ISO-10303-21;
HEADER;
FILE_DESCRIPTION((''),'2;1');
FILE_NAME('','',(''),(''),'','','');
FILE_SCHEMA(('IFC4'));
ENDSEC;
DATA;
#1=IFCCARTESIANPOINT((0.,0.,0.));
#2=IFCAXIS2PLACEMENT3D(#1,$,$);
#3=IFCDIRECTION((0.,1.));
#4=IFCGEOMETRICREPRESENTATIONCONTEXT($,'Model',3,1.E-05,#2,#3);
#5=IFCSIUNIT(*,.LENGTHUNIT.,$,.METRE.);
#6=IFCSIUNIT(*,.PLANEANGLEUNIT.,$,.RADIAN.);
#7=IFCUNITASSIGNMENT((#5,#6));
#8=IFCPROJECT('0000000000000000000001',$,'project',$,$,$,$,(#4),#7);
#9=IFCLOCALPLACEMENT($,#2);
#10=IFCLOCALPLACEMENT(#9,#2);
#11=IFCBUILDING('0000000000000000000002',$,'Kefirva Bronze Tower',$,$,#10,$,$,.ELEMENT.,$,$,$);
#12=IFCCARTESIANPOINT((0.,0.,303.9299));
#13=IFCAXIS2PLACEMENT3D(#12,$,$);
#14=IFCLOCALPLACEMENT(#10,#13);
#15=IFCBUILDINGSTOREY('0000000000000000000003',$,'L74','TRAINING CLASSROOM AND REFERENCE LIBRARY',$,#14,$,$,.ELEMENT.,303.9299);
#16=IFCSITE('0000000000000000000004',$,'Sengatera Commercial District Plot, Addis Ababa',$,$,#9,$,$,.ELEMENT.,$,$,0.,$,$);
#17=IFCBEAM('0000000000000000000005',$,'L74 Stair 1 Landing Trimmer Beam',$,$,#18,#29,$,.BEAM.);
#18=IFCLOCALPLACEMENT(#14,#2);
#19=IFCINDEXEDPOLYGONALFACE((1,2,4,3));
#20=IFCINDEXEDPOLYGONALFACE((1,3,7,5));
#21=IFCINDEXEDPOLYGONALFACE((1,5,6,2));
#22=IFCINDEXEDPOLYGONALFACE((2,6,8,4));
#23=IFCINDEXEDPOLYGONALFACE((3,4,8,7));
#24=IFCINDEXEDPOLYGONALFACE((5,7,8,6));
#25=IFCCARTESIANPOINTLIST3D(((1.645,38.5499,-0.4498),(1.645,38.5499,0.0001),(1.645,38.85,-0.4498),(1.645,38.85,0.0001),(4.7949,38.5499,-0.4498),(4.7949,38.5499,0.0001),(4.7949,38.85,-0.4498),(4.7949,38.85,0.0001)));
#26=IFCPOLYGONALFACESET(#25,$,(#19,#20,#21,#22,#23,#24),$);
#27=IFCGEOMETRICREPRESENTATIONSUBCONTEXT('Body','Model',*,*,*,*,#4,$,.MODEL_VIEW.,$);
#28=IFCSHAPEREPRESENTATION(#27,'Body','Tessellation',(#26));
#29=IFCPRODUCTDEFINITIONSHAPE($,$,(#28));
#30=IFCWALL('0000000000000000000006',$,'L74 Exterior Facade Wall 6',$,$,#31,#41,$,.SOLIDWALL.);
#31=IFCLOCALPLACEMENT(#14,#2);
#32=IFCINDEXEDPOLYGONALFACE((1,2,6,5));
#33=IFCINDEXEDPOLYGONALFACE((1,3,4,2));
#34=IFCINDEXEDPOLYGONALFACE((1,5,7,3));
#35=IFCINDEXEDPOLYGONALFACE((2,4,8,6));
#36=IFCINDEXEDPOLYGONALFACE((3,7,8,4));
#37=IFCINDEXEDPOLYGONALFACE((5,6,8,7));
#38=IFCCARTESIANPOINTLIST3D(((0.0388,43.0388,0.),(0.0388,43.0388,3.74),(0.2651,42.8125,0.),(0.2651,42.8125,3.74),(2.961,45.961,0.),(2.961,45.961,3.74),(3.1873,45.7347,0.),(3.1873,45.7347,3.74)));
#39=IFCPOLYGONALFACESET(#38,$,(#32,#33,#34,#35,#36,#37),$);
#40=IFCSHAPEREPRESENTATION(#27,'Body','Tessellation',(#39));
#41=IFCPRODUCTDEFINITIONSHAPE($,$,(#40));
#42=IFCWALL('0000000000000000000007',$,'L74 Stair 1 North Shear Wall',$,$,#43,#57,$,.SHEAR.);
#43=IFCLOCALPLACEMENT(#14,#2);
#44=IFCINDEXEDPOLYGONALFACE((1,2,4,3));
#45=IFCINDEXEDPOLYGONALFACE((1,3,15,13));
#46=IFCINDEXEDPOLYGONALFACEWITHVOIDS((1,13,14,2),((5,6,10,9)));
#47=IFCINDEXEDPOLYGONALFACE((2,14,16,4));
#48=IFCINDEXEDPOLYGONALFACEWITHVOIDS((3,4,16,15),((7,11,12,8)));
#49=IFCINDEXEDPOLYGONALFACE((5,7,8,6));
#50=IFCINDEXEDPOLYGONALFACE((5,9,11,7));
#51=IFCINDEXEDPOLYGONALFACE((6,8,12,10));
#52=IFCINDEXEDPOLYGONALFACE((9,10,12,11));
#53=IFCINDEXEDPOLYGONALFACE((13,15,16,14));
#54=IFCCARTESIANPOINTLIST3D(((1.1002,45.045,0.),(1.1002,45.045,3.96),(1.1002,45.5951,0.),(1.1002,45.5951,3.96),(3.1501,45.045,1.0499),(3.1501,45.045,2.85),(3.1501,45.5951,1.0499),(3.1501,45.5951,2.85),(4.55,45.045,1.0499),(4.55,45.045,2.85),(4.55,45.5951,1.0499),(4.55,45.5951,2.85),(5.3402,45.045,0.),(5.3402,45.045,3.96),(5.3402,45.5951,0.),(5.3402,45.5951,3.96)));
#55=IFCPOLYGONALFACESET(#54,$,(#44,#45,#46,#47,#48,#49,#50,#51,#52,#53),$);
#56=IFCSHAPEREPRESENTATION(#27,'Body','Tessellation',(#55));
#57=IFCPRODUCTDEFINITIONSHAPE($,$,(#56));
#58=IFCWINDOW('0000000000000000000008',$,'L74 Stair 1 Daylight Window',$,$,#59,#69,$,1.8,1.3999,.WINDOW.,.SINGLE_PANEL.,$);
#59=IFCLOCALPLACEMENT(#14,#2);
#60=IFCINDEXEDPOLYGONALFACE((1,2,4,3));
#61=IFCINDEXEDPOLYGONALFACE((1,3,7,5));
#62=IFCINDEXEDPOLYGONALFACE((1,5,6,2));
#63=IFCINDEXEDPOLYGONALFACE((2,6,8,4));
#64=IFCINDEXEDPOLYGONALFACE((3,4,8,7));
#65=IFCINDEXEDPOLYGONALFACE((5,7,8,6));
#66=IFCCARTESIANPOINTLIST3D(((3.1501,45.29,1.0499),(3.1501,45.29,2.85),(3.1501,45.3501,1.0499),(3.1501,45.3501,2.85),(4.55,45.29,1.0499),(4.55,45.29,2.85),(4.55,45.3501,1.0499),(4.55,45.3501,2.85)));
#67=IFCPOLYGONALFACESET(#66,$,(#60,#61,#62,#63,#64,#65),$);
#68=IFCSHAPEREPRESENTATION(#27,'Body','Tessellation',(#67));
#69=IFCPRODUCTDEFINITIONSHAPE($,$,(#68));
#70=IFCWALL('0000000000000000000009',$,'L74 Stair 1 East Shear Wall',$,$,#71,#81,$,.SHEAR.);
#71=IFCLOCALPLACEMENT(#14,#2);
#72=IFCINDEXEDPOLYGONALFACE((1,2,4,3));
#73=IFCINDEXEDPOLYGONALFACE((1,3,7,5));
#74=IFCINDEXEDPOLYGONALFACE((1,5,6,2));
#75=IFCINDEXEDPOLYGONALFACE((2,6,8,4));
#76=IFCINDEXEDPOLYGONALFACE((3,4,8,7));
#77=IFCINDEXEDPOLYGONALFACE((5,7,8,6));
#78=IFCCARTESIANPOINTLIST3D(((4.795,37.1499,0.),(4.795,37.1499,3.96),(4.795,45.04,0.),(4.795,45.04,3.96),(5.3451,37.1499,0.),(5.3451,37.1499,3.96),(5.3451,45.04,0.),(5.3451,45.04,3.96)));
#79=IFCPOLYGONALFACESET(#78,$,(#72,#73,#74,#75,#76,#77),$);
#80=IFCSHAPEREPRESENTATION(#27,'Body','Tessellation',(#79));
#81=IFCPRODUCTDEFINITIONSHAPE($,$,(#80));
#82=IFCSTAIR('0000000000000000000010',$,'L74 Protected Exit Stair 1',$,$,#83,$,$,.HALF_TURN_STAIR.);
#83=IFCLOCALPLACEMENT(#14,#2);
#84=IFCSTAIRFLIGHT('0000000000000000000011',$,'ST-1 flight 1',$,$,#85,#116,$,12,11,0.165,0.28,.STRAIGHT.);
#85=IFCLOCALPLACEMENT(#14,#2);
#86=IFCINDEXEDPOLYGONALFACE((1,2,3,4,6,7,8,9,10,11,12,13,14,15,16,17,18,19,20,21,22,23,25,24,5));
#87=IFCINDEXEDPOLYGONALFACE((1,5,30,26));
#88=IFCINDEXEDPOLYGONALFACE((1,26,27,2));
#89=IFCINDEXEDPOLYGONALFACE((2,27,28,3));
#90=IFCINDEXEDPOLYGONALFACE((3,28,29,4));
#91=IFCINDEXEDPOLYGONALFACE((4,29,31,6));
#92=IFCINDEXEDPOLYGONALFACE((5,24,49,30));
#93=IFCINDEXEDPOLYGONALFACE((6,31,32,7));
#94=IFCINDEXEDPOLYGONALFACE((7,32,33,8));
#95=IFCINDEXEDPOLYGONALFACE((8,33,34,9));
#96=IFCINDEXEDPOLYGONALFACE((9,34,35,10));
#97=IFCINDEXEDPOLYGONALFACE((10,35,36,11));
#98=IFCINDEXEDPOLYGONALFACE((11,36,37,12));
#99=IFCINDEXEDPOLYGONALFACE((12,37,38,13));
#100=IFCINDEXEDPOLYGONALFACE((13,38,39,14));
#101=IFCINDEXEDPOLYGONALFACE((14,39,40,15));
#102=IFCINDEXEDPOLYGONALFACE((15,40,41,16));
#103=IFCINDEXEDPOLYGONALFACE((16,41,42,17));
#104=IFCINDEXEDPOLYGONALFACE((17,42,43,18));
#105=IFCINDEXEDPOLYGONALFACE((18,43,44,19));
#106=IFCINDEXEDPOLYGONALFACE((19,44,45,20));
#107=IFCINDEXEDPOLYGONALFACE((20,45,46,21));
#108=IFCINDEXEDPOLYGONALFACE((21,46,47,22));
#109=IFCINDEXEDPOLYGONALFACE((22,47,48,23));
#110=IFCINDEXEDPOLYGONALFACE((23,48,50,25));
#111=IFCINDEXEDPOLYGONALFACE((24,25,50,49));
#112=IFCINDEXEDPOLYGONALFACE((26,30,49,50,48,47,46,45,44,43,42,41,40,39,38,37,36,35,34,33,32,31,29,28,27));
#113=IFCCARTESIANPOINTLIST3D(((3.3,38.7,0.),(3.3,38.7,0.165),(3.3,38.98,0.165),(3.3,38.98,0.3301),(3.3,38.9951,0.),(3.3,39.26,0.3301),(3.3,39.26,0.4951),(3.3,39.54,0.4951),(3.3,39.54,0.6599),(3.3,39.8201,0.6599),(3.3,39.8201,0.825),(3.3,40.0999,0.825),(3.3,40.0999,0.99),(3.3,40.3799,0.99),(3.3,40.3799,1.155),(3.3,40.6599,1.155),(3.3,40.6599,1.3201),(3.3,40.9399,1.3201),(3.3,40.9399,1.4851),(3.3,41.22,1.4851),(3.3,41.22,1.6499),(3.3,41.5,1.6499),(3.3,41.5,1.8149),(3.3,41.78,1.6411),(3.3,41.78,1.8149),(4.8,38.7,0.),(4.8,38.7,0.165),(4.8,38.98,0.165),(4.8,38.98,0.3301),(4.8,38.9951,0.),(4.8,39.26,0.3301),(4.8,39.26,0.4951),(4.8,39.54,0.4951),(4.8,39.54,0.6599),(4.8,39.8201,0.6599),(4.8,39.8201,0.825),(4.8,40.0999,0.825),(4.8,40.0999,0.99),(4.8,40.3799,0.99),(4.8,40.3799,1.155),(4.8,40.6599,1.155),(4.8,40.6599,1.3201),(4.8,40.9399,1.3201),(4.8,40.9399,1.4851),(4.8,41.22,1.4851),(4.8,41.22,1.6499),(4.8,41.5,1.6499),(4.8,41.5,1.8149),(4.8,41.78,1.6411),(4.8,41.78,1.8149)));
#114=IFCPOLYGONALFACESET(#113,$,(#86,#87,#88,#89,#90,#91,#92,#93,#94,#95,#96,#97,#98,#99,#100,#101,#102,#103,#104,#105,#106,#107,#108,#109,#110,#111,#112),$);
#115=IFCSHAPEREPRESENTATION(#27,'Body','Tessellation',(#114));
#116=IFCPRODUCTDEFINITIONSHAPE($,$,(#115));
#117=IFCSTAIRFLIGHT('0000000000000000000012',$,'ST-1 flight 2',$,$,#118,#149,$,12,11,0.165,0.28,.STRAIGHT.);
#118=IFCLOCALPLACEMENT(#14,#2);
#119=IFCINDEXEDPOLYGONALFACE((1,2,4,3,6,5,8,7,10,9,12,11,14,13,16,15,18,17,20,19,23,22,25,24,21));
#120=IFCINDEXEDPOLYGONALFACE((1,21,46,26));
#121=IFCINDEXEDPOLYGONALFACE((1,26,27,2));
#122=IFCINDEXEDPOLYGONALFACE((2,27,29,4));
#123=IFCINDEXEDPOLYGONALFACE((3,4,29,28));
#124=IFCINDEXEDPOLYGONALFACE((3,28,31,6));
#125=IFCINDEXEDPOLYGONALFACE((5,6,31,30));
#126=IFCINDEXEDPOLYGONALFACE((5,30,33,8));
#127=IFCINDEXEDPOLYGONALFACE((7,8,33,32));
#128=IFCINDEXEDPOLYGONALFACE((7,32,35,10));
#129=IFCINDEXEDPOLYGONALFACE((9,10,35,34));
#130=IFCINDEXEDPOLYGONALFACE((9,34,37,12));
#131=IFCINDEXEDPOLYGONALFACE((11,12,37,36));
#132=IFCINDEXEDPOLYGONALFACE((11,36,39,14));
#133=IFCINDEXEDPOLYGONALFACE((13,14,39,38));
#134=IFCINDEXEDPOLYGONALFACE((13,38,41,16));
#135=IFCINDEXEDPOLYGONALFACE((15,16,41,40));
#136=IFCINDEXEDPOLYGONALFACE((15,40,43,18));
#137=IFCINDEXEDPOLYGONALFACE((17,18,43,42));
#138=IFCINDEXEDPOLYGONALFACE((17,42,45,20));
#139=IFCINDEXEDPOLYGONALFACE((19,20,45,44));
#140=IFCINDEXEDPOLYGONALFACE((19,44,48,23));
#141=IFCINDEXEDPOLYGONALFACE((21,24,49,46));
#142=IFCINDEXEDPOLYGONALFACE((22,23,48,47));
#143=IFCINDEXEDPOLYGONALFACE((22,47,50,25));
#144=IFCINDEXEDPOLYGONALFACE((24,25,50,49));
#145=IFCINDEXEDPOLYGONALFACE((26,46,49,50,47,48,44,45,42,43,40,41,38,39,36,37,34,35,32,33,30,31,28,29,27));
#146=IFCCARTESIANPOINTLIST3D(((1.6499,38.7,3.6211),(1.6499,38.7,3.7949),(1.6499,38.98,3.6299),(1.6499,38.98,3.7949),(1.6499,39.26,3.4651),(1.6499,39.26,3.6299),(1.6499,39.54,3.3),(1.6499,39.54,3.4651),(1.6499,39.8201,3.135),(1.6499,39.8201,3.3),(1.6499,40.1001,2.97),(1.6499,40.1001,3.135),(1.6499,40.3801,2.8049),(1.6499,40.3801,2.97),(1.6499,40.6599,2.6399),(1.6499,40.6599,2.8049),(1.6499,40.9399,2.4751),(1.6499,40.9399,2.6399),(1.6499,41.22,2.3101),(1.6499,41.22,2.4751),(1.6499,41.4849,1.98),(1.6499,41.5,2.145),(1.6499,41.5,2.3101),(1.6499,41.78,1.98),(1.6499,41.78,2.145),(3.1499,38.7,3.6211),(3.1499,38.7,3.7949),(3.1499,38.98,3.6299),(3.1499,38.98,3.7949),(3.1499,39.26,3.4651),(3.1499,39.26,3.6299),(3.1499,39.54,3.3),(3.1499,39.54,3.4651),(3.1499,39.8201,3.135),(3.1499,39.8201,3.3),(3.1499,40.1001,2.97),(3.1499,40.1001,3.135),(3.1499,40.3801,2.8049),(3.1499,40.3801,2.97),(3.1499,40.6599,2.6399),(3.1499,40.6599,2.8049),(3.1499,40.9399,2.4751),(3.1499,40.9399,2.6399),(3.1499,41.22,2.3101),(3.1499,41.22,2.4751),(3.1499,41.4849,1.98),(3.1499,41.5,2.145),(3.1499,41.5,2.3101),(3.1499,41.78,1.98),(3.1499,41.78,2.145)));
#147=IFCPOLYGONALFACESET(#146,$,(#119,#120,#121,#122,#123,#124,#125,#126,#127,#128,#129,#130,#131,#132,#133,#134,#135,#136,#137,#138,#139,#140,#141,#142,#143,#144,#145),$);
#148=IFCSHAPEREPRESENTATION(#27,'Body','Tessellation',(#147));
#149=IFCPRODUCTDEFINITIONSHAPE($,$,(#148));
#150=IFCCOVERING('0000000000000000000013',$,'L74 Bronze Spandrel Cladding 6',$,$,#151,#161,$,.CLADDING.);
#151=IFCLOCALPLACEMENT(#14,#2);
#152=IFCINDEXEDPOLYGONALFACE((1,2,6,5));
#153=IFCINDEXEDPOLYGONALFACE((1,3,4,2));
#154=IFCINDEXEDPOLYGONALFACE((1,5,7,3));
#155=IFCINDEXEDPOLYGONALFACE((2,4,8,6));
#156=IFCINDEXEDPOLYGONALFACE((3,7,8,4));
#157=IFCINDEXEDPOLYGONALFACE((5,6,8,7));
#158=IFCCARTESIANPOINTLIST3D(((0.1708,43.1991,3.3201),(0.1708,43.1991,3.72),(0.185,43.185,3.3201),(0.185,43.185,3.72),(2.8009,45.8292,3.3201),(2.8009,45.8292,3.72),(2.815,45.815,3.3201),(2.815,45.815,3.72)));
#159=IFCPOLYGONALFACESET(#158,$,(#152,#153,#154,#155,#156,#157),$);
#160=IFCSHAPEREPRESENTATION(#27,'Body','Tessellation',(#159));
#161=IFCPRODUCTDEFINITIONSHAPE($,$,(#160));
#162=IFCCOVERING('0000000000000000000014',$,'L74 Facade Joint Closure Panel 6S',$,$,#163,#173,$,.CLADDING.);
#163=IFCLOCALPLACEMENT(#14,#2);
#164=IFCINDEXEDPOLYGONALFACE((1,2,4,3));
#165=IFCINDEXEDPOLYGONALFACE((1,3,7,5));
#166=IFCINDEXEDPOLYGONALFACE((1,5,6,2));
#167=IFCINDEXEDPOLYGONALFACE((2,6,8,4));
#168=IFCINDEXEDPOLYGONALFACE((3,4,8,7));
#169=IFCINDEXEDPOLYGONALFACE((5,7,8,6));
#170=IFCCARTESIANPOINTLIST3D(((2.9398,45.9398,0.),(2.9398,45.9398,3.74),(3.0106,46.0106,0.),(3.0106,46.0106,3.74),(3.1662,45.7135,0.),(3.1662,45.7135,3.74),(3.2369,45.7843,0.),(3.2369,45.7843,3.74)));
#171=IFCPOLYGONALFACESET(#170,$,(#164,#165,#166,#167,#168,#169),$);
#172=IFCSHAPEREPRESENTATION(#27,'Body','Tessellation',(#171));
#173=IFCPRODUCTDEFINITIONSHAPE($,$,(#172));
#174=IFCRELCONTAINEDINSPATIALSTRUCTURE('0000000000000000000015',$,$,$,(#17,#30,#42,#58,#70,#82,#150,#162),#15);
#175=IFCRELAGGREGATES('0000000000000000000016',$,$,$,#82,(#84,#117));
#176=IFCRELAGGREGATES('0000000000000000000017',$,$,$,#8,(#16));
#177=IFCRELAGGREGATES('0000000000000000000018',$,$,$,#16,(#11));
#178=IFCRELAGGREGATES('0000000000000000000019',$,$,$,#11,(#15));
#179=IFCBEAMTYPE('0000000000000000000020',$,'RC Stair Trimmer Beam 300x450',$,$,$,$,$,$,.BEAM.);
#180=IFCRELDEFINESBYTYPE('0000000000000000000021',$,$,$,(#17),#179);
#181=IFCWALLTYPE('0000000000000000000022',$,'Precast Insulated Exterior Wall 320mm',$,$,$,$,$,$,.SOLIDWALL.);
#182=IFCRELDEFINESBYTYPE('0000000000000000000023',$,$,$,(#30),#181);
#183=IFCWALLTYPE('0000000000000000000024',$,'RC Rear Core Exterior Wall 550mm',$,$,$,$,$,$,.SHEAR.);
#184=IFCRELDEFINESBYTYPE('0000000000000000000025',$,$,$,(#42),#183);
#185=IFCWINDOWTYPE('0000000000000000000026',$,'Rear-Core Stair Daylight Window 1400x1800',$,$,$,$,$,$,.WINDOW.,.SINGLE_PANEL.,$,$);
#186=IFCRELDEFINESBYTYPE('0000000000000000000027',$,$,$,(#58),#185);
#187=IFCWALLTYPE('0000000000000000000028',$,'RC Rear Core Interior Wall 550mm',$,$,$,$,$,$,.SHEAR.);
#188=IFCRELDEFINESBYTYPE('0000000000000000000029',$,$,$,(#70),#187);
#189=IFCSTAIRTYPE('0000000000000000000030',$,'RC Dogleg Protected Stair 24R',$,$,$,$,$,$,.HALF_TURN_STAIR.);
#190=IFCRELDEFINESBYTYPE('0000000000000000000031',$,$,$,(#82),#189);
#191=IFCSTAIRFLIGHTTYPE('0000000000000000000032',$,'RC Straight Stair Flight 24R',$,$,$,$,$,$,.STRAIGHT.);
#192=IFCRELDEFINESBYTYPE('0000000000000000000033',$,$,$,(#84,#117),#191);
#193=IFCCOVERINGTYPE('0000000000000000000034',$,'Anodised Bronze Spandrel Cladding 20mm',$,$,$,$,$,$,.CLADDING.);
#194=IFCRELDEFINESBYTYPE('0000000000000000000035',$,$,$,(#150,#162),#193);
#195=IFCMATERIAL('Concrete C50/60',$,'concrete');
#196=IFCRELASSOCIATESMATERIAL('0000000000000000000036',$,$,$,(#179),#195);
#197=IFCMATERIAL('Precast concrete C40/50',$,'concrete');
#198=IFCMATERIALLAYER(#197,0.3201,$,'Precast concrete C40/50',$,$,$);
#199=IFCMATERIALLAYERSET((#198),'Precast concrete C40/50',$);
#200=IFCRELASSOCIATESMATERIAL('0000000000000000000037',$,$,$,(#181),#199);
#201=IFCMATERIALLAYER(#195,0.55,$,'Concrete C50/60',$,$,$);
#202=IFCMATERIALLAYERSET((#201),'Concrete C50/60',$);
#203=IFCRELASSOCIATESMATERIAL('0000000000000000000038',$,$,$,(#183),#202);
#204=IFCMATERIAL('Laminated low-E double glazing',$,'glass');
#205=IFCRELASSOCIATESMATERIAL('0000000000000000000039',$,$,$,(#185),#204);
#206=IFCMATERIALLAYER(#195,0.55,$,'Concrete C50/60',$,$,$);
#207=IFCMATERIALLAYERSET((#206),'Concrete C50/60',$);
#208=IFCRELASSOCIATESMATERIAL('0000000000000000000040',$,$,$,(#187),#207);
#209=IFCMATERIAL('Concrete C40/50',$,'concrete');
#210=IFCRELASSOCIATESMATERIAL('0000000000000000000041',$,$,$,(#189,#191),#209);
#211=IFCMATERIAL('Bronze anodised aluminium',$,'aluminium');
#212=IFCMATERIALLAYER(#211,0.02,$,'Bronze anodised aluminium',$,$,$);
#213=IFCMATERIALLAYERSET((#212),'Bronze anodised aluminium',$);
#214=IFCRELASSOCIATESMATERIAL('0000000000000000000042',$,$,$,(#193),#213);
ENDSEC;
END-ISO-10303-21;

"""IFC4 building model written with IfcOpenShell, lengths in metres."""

from ifc_helpers import new_model, si_unit, direction, frame, frame_2d, origin, origin_2d, place, context, subcontext, project, spatial, polyline, rectangle, outline, extrude, material, layer, layer_set, material_profile, profile_set, type_object, element, fill, aggregate, save


model = new_model("IFC4")

# Units and contexts
model_context = context("Model", 3, precision=1e-05, world=origin(), true_north=direction((0.0, 1.0)))
body_context = subcontext(model_context, "Body", "Model", "MODEL_VIEW")
ifc_project = project(units=[si_unit("LENGTHUNIT", "METRE"), si_unit("PLANEANGLEUNIT", "RADIAN")], contexts=[model_context])

# Site, building, storey
site_placement = place(None, origin())
site = spatial("IfcSite", under=ifc_project, at=site_placement, Name="Sengatera Commercial District Plot, Addis Ababa", CompositionType="ELEMENT", RefElevation=0.0)
building_placement = place(site_placement, origin())
building = spatial("IfcBuilding", under=site, at=building_placement, Name="Kefirva Bronze Tower", CompositionType="ELEMENT")
storey_placement = place(building_placement, frame((0.0, 0.0, 303.9299)))
storey = spatial("IfcBuildingStorey", under=building, at=storey_placement, Name="L74", Description="TRAINING CLASSROOM AND REFERENCE LIBRARY", CompositionType="ELEMENT", Elevation=303.9299)

# Beam
ifc_material_1 = material(Name="Concrete C50/60", Category="concrete")
ifc_material_profile = material_profile(ifc_material_1, rectangle(XDim=0.3, YDim=0.45, at=origin_2d()), Name="RC 300x450")
ifc_profile_set = profile_set([ifc_material_profile], Name="Concrete C50/60")
beam_type = type_object("IfcBeamType", Name="RC Stair Trimmer Beam 300x450", PredefinedType="BEAM", material=ifc_profile_set)
beam_placement = place(storey_placement, frame((1.645, 38.7, -0.2249), z_axis=(1.0, 0.0, 0.0), x_axis=(0.0, 1.0, 0.0)))
element("IfcBeam", 1, at=beam_placement, inside=storey, type_object=beam_type, Name="L74 Stair 1 Landing Trimmer Beam", PredefinedType="BEAM", context=body_context, shape_type="SweptSolid", body=[
    extrude(rectangle(XDim=0.3, YDim=0.45, at=origin_2d()), origin(), (0.0, 0.0, 1.0), 3.1499),
])

# Wall
ifc_material_2 = material(Name="Precast concrete C40/50", Category="concrete")
ifc_layer_1 = layer(ifc_material_2, 0.3201, Name="Precast concrete C40/50")
ifc_layer_set_1 = layer_set([ifc_layer_1], Name="Precast concrete C40/50")
wall_type_1 = type_object("IfcWallType", Name="Precast Insulated Exterior Wall 320mm", PredefinedType="SOLIDWALL", material=ifc_layer_set_1)
wall_1_placement = place(storey_placement, frame((3.0742, 45.8479, 0.0), z_axis=(0.0, 0.0, 1.0), x_axis=(-0.707107, -0.707107, 0.0)))
element("IfcWall", 2, at=wall_1_placement, inside=storey, type_object=wall_type_1, Name="L74 Exterior Facade Wall 6", PredefinedType="SOLIDWALL", context=body_context, shape_type="SweptSolid", body=[
    extrude(rectangle(XDim=4.1326, YDim=0.3201, at=frame_2d((2.0664, 0.0))), origin(), (0.0, 0.0, 1.0), 3.74),
])

# Wall, opening, window
ifc_layer_2 = layer(ifc_material_1, 0.55, Name="Concrete C50/60")
ifc_layer_set_2 = layer_set([ifc_layer_2], Name="Concrete C50/60")
wall_type_2 = type_object("IfcWallType", Name="RC Rear Core Exterior Wall 550mm", PredefinedType="SHEAR", material=ifc_layer_set_2)
wall_2_placement = place(storey_placement, frame((1.1001, 45.3201, 0.0), z_axis=(0.0, 0.0, 1.0), x_axis=(1.0, 0.0, 0.0)))
wall_2 = element("IfcWall", 3, at=wall_2_placement, inside=storey, type_object=wall_type_2, Name="L74 Stair 1 North Shear Wall", PredefinedType="SHEAR", context=body_context, shape_type="SweptSolid", body=[
    extrude(rectangle(XDim=4.24, YDim=0.55, at=frame_2d((2.1201, 0.0))), origin(), (0.0, 0.0, 1.0), 3.96),
])
opening_1_placement = place(wall_2_placement, frame((2.05, 0.0, 1.05)))
opening_1 = element("IfcOpeningElement", 4, at=opening_1_placement, cuts=wall_2, PredefinedType="OPENING", context=body_context, shape_type="SweptSolid", body=[
    extrude(rectangle(XDim=1.3999, YDim=1.8, at=frame_2d((0.7, 0.8999))), frame((0.0, 0.2852, 0.0), z_axis=(0.0, -1.0, 0.0), x_axis=(1.0, 0.0, 0.0)), (0.0, 0.0, 1.0), 0.5701),
])
ifc_material_3 = material(Name="Laminated low-E double glazing", Category="glass")
window_type = type_object("IfcWindowType", Name="Rear-Core Stair Daylight Window 1400x1800", PartitioningType="SINGLE_PANEL", PredefinedType="WINDOW", material=ifc_material_3)
window_placement = place(opening_1_placement, origin())
window = element("IfcWindow", 5, at=window_placement, inside=storey, type_object=window_type, Name="L74 Stair 1 Daylight Window", OverallHeight=1.8, OverallWidth=1.3999, PartitioningType="SINGLE_PANEL", PredefinedType="WINDOW", context=body_context, shape_type="SweptSolid", body=[
    extrude(rectangle(XDim=1.3999, YDim=1.8, at=frame_2d((0.7, 0.8999))), frame((0.0, 0.03, 0.0), z_axis=(0.0, -1.0, 0.0), x_axis=(1.0, 0.0, 0.0)), (0.0, 0.0, 1.0), 0.0601),
])
fill(opening_1, window)

# Wall
ifc_layer_3 = layer(ifc_material_1, 0.55, Name="Concrete C50/60")
ifc_layer_set_3 = layer_set([ifc_layer_3], Name="Concrete C50/60")
wall_type_3 = type_object("IfcWallType", Name="RC Rear Core Interior Wall 550mm", PredefinedType="SHEAR", material=ifc_layer_set_3)
wall_3_placement = place(storey_placement, frame((5.0701, 37.1499, 0.0), z_axis=(0.0, 0.0, 1.0), x_axis=(0.0, 1.0, 0.0)))
element("IfcWall", 6, at=wall_3_placement, inside=storey, type_object=wall_type_3, Name="L74 Stair 1 East Shear Wall", PredefinedType="SHEAR", context=body_context, shape_type="SweptSolid", body=[
    extrude(rectangle(XDim=7.8901, YDim=0.55, at=frame_2d((3.9451, 0.0))), origin(), (0.0, 0.0, 1.0), 3.96),
])

# Stair, stair flights
ifc_material_4 = material(Name="Concrete C40/50", Category="concrete")
stair_type = type_object("IfcStairType", Name="RC Dogleg Protected Stair 24R", PredefinedType="HALF_TURN_STAIR", material=ifc_material_4)
stair_placement = place(storey_placement, origin())
stair = element("IfcStair", 7, at=stair_placement, inside=storey, type_object=stair_type, Name="L74 Protected Exit Stair 1", PredefinedType="HALF_TURN_STAIR")
stair_flight_type = type_object("IfcStairFlightType", Name="RC Straight Stair Flight 24R", PredefinedType="STRAIGHT", material=ifc_material_4)
stair_flight_1_placement = place(storey_placement, frame((4.05, 38.7, 0.0), z_axis=(0.0, 0.0, 1.0), x_axis=(0.0, 1.0, 0.0)))
stair_flight_1 = element("IfcStairFlight", 8, at=stair_flight_1_placement, type_object=stair_flight_type, Name="ST-1 flight 1", NumberOfRisers=12, NumberOfTreads=11, PredefinedType="STRAIGHT", RiserHeight=0.165, TreadLength=0.28, context=body_context, shape_type="SweptSolid", body=[
    extrude(outline(polyline([(0.0, 0.0), (0.0, 0.165), (0.28, 0.165), (0.28, 0.3301), (0.5601, 0.3301), (0.5601, 0.4951), (0.8401, 0.4951), (0.8401, 0.6599), (1.1201, 0.6599), (1.1201, 0.825), (1.3999, 0.825), (1.3999, 0.99), (1.6799, 0.99), (1.6799, 1.155), (1.96, 1.155), (1.96, 1.3201), (2.24, 1.3201), (2.24, 1.4851), (2.52, 1.4851), (2.52, 1.6499), (2.8, 1.6499), (2.8, 1.8149), (3.0801, 1.8149), (3.0801, 1.98), (3.0801, 1.6411), (0.2952, 0.0), (0.0, 0.0)])), frame((0.0, 0.75, 0.0), z_axis=(0.0, -1.0, 0.0), x_axis=(1.0, 0.0, 0.0)), (0.0, 0.0, 1.0), 1.5),
])
stair_flight_2_placement = place(storey_placement, frame((2.3999, 41.78, 1.98), z_axis=(0.0, 0.0, 1.0), x_axis=(0.0, -1.0, 0.0)))
stair_flight_2 = element("IfcStairFlight", 9, at=stair_flight_2_placement, type_object=stair_flight_type, Name="ST-1 flight 2", NumberOfRisers=12, NumberOfTreads=11, PredefinedType="STRAIGHT", RiserHeight=0.165, TreadLength=0.28, context=body_context, shape_type="SweptSolid", body=[
    extrude(outline(polyline([(0.0, 0.0), (0.0, 0.165), (0.28, 0.165), (0.28, 0.3301), (0.5601, 0.3301), (0.5601, 0.4951), (0.8401, 0.4951), (0.8401, 0.6599), (1.1201, 0.6599), (1.1201, 0.825), (1.3999, 0.825), (1.3999, 0.99), (1.6799, 0.99), (1.6799, 1.155), (1.96, 1.155), (1.96, 1.3201), (2.24, 1.3201), (2.24, 1.4851), (2.52, 1.4851), (2.52, 1.6499), (2.8, 1.6499), (2.8, 1.8149), (3.0801, 1.8149), (3.0801, 1.98), (3.0801, 1.6411), (0.2952, 0.0), (0.0, 0.0)])), frame((0.0, 0.75, 0.0), z_axis=(0.0, -1.0, 0.0), x_axis=(1.0, 0.0, 0.0)), (0.0, 0.0, 1.0), 1.5),
])
aggregate(stair, [stair_flight_1, stair_flight_2])

# Coverings
ifc_material_5 = material(Name="Bronze anodised aluminium", Category="aluminium")
ifc_layer_4 = layer(ifc_material_5, 0.02, Name="Bronze anodised aluminium")
ifc_layer_set_4 = layer_set([ifc_layer_4], Name="Bronze anodised aluminium")
covering_type_1 = type_object("IfcCoveringType", Name="Anodised Bronze Spandrel Cladding 20mm", PredefinedType="CLADDING", material=ifc_layer_set_4)
covering_1_placement = place(storey_placement, frame((1.4929, 44.5071, 3.3201), z_axis=(0.0, 0.0, 1.0), x_axis=(-0.707107, -0.707107, 0.0)))
element("IfcCovering", 10, at=covering_1_placement, inside=storey, type_object=covering_type_1, Name="L74 Bronze Spandrel Cladding 6", PredefinedType="CLADDING", context=body_context, shape_type="SweptSolid", body=[
    extrude(rectangle(XDim=3.7195, YDim=0.02, at=origin_2d()), origin(), (0.0, 0.0, 1.0), 0.3999),
])
for number, where, z_axis, x_axis, name in (
    (11, (3.0884, 45.8621, 0.0), (0.0, 0.0, 1.0), (-0.707107, -0.707107, 0.0), "L74 Facade Joint Closure Panel 6S"),
):
    element("IfcCovering", number, at=place(storey_placement, frame(where, z_axis=z_axis, x_axis=x_axis)), inside=storey, type_object=covering_type_1, Name=name, PredefinedType="CLADDING", context=body_context, shape_type="SweptSolid", body=[
        extrude(rectangle(XDim=0.1001, YDim=0.3201, at=origin_2d()), origin(), (0.0, 0.0, 1.0), 3.74),
    ])

save(model, "model.ifc")
